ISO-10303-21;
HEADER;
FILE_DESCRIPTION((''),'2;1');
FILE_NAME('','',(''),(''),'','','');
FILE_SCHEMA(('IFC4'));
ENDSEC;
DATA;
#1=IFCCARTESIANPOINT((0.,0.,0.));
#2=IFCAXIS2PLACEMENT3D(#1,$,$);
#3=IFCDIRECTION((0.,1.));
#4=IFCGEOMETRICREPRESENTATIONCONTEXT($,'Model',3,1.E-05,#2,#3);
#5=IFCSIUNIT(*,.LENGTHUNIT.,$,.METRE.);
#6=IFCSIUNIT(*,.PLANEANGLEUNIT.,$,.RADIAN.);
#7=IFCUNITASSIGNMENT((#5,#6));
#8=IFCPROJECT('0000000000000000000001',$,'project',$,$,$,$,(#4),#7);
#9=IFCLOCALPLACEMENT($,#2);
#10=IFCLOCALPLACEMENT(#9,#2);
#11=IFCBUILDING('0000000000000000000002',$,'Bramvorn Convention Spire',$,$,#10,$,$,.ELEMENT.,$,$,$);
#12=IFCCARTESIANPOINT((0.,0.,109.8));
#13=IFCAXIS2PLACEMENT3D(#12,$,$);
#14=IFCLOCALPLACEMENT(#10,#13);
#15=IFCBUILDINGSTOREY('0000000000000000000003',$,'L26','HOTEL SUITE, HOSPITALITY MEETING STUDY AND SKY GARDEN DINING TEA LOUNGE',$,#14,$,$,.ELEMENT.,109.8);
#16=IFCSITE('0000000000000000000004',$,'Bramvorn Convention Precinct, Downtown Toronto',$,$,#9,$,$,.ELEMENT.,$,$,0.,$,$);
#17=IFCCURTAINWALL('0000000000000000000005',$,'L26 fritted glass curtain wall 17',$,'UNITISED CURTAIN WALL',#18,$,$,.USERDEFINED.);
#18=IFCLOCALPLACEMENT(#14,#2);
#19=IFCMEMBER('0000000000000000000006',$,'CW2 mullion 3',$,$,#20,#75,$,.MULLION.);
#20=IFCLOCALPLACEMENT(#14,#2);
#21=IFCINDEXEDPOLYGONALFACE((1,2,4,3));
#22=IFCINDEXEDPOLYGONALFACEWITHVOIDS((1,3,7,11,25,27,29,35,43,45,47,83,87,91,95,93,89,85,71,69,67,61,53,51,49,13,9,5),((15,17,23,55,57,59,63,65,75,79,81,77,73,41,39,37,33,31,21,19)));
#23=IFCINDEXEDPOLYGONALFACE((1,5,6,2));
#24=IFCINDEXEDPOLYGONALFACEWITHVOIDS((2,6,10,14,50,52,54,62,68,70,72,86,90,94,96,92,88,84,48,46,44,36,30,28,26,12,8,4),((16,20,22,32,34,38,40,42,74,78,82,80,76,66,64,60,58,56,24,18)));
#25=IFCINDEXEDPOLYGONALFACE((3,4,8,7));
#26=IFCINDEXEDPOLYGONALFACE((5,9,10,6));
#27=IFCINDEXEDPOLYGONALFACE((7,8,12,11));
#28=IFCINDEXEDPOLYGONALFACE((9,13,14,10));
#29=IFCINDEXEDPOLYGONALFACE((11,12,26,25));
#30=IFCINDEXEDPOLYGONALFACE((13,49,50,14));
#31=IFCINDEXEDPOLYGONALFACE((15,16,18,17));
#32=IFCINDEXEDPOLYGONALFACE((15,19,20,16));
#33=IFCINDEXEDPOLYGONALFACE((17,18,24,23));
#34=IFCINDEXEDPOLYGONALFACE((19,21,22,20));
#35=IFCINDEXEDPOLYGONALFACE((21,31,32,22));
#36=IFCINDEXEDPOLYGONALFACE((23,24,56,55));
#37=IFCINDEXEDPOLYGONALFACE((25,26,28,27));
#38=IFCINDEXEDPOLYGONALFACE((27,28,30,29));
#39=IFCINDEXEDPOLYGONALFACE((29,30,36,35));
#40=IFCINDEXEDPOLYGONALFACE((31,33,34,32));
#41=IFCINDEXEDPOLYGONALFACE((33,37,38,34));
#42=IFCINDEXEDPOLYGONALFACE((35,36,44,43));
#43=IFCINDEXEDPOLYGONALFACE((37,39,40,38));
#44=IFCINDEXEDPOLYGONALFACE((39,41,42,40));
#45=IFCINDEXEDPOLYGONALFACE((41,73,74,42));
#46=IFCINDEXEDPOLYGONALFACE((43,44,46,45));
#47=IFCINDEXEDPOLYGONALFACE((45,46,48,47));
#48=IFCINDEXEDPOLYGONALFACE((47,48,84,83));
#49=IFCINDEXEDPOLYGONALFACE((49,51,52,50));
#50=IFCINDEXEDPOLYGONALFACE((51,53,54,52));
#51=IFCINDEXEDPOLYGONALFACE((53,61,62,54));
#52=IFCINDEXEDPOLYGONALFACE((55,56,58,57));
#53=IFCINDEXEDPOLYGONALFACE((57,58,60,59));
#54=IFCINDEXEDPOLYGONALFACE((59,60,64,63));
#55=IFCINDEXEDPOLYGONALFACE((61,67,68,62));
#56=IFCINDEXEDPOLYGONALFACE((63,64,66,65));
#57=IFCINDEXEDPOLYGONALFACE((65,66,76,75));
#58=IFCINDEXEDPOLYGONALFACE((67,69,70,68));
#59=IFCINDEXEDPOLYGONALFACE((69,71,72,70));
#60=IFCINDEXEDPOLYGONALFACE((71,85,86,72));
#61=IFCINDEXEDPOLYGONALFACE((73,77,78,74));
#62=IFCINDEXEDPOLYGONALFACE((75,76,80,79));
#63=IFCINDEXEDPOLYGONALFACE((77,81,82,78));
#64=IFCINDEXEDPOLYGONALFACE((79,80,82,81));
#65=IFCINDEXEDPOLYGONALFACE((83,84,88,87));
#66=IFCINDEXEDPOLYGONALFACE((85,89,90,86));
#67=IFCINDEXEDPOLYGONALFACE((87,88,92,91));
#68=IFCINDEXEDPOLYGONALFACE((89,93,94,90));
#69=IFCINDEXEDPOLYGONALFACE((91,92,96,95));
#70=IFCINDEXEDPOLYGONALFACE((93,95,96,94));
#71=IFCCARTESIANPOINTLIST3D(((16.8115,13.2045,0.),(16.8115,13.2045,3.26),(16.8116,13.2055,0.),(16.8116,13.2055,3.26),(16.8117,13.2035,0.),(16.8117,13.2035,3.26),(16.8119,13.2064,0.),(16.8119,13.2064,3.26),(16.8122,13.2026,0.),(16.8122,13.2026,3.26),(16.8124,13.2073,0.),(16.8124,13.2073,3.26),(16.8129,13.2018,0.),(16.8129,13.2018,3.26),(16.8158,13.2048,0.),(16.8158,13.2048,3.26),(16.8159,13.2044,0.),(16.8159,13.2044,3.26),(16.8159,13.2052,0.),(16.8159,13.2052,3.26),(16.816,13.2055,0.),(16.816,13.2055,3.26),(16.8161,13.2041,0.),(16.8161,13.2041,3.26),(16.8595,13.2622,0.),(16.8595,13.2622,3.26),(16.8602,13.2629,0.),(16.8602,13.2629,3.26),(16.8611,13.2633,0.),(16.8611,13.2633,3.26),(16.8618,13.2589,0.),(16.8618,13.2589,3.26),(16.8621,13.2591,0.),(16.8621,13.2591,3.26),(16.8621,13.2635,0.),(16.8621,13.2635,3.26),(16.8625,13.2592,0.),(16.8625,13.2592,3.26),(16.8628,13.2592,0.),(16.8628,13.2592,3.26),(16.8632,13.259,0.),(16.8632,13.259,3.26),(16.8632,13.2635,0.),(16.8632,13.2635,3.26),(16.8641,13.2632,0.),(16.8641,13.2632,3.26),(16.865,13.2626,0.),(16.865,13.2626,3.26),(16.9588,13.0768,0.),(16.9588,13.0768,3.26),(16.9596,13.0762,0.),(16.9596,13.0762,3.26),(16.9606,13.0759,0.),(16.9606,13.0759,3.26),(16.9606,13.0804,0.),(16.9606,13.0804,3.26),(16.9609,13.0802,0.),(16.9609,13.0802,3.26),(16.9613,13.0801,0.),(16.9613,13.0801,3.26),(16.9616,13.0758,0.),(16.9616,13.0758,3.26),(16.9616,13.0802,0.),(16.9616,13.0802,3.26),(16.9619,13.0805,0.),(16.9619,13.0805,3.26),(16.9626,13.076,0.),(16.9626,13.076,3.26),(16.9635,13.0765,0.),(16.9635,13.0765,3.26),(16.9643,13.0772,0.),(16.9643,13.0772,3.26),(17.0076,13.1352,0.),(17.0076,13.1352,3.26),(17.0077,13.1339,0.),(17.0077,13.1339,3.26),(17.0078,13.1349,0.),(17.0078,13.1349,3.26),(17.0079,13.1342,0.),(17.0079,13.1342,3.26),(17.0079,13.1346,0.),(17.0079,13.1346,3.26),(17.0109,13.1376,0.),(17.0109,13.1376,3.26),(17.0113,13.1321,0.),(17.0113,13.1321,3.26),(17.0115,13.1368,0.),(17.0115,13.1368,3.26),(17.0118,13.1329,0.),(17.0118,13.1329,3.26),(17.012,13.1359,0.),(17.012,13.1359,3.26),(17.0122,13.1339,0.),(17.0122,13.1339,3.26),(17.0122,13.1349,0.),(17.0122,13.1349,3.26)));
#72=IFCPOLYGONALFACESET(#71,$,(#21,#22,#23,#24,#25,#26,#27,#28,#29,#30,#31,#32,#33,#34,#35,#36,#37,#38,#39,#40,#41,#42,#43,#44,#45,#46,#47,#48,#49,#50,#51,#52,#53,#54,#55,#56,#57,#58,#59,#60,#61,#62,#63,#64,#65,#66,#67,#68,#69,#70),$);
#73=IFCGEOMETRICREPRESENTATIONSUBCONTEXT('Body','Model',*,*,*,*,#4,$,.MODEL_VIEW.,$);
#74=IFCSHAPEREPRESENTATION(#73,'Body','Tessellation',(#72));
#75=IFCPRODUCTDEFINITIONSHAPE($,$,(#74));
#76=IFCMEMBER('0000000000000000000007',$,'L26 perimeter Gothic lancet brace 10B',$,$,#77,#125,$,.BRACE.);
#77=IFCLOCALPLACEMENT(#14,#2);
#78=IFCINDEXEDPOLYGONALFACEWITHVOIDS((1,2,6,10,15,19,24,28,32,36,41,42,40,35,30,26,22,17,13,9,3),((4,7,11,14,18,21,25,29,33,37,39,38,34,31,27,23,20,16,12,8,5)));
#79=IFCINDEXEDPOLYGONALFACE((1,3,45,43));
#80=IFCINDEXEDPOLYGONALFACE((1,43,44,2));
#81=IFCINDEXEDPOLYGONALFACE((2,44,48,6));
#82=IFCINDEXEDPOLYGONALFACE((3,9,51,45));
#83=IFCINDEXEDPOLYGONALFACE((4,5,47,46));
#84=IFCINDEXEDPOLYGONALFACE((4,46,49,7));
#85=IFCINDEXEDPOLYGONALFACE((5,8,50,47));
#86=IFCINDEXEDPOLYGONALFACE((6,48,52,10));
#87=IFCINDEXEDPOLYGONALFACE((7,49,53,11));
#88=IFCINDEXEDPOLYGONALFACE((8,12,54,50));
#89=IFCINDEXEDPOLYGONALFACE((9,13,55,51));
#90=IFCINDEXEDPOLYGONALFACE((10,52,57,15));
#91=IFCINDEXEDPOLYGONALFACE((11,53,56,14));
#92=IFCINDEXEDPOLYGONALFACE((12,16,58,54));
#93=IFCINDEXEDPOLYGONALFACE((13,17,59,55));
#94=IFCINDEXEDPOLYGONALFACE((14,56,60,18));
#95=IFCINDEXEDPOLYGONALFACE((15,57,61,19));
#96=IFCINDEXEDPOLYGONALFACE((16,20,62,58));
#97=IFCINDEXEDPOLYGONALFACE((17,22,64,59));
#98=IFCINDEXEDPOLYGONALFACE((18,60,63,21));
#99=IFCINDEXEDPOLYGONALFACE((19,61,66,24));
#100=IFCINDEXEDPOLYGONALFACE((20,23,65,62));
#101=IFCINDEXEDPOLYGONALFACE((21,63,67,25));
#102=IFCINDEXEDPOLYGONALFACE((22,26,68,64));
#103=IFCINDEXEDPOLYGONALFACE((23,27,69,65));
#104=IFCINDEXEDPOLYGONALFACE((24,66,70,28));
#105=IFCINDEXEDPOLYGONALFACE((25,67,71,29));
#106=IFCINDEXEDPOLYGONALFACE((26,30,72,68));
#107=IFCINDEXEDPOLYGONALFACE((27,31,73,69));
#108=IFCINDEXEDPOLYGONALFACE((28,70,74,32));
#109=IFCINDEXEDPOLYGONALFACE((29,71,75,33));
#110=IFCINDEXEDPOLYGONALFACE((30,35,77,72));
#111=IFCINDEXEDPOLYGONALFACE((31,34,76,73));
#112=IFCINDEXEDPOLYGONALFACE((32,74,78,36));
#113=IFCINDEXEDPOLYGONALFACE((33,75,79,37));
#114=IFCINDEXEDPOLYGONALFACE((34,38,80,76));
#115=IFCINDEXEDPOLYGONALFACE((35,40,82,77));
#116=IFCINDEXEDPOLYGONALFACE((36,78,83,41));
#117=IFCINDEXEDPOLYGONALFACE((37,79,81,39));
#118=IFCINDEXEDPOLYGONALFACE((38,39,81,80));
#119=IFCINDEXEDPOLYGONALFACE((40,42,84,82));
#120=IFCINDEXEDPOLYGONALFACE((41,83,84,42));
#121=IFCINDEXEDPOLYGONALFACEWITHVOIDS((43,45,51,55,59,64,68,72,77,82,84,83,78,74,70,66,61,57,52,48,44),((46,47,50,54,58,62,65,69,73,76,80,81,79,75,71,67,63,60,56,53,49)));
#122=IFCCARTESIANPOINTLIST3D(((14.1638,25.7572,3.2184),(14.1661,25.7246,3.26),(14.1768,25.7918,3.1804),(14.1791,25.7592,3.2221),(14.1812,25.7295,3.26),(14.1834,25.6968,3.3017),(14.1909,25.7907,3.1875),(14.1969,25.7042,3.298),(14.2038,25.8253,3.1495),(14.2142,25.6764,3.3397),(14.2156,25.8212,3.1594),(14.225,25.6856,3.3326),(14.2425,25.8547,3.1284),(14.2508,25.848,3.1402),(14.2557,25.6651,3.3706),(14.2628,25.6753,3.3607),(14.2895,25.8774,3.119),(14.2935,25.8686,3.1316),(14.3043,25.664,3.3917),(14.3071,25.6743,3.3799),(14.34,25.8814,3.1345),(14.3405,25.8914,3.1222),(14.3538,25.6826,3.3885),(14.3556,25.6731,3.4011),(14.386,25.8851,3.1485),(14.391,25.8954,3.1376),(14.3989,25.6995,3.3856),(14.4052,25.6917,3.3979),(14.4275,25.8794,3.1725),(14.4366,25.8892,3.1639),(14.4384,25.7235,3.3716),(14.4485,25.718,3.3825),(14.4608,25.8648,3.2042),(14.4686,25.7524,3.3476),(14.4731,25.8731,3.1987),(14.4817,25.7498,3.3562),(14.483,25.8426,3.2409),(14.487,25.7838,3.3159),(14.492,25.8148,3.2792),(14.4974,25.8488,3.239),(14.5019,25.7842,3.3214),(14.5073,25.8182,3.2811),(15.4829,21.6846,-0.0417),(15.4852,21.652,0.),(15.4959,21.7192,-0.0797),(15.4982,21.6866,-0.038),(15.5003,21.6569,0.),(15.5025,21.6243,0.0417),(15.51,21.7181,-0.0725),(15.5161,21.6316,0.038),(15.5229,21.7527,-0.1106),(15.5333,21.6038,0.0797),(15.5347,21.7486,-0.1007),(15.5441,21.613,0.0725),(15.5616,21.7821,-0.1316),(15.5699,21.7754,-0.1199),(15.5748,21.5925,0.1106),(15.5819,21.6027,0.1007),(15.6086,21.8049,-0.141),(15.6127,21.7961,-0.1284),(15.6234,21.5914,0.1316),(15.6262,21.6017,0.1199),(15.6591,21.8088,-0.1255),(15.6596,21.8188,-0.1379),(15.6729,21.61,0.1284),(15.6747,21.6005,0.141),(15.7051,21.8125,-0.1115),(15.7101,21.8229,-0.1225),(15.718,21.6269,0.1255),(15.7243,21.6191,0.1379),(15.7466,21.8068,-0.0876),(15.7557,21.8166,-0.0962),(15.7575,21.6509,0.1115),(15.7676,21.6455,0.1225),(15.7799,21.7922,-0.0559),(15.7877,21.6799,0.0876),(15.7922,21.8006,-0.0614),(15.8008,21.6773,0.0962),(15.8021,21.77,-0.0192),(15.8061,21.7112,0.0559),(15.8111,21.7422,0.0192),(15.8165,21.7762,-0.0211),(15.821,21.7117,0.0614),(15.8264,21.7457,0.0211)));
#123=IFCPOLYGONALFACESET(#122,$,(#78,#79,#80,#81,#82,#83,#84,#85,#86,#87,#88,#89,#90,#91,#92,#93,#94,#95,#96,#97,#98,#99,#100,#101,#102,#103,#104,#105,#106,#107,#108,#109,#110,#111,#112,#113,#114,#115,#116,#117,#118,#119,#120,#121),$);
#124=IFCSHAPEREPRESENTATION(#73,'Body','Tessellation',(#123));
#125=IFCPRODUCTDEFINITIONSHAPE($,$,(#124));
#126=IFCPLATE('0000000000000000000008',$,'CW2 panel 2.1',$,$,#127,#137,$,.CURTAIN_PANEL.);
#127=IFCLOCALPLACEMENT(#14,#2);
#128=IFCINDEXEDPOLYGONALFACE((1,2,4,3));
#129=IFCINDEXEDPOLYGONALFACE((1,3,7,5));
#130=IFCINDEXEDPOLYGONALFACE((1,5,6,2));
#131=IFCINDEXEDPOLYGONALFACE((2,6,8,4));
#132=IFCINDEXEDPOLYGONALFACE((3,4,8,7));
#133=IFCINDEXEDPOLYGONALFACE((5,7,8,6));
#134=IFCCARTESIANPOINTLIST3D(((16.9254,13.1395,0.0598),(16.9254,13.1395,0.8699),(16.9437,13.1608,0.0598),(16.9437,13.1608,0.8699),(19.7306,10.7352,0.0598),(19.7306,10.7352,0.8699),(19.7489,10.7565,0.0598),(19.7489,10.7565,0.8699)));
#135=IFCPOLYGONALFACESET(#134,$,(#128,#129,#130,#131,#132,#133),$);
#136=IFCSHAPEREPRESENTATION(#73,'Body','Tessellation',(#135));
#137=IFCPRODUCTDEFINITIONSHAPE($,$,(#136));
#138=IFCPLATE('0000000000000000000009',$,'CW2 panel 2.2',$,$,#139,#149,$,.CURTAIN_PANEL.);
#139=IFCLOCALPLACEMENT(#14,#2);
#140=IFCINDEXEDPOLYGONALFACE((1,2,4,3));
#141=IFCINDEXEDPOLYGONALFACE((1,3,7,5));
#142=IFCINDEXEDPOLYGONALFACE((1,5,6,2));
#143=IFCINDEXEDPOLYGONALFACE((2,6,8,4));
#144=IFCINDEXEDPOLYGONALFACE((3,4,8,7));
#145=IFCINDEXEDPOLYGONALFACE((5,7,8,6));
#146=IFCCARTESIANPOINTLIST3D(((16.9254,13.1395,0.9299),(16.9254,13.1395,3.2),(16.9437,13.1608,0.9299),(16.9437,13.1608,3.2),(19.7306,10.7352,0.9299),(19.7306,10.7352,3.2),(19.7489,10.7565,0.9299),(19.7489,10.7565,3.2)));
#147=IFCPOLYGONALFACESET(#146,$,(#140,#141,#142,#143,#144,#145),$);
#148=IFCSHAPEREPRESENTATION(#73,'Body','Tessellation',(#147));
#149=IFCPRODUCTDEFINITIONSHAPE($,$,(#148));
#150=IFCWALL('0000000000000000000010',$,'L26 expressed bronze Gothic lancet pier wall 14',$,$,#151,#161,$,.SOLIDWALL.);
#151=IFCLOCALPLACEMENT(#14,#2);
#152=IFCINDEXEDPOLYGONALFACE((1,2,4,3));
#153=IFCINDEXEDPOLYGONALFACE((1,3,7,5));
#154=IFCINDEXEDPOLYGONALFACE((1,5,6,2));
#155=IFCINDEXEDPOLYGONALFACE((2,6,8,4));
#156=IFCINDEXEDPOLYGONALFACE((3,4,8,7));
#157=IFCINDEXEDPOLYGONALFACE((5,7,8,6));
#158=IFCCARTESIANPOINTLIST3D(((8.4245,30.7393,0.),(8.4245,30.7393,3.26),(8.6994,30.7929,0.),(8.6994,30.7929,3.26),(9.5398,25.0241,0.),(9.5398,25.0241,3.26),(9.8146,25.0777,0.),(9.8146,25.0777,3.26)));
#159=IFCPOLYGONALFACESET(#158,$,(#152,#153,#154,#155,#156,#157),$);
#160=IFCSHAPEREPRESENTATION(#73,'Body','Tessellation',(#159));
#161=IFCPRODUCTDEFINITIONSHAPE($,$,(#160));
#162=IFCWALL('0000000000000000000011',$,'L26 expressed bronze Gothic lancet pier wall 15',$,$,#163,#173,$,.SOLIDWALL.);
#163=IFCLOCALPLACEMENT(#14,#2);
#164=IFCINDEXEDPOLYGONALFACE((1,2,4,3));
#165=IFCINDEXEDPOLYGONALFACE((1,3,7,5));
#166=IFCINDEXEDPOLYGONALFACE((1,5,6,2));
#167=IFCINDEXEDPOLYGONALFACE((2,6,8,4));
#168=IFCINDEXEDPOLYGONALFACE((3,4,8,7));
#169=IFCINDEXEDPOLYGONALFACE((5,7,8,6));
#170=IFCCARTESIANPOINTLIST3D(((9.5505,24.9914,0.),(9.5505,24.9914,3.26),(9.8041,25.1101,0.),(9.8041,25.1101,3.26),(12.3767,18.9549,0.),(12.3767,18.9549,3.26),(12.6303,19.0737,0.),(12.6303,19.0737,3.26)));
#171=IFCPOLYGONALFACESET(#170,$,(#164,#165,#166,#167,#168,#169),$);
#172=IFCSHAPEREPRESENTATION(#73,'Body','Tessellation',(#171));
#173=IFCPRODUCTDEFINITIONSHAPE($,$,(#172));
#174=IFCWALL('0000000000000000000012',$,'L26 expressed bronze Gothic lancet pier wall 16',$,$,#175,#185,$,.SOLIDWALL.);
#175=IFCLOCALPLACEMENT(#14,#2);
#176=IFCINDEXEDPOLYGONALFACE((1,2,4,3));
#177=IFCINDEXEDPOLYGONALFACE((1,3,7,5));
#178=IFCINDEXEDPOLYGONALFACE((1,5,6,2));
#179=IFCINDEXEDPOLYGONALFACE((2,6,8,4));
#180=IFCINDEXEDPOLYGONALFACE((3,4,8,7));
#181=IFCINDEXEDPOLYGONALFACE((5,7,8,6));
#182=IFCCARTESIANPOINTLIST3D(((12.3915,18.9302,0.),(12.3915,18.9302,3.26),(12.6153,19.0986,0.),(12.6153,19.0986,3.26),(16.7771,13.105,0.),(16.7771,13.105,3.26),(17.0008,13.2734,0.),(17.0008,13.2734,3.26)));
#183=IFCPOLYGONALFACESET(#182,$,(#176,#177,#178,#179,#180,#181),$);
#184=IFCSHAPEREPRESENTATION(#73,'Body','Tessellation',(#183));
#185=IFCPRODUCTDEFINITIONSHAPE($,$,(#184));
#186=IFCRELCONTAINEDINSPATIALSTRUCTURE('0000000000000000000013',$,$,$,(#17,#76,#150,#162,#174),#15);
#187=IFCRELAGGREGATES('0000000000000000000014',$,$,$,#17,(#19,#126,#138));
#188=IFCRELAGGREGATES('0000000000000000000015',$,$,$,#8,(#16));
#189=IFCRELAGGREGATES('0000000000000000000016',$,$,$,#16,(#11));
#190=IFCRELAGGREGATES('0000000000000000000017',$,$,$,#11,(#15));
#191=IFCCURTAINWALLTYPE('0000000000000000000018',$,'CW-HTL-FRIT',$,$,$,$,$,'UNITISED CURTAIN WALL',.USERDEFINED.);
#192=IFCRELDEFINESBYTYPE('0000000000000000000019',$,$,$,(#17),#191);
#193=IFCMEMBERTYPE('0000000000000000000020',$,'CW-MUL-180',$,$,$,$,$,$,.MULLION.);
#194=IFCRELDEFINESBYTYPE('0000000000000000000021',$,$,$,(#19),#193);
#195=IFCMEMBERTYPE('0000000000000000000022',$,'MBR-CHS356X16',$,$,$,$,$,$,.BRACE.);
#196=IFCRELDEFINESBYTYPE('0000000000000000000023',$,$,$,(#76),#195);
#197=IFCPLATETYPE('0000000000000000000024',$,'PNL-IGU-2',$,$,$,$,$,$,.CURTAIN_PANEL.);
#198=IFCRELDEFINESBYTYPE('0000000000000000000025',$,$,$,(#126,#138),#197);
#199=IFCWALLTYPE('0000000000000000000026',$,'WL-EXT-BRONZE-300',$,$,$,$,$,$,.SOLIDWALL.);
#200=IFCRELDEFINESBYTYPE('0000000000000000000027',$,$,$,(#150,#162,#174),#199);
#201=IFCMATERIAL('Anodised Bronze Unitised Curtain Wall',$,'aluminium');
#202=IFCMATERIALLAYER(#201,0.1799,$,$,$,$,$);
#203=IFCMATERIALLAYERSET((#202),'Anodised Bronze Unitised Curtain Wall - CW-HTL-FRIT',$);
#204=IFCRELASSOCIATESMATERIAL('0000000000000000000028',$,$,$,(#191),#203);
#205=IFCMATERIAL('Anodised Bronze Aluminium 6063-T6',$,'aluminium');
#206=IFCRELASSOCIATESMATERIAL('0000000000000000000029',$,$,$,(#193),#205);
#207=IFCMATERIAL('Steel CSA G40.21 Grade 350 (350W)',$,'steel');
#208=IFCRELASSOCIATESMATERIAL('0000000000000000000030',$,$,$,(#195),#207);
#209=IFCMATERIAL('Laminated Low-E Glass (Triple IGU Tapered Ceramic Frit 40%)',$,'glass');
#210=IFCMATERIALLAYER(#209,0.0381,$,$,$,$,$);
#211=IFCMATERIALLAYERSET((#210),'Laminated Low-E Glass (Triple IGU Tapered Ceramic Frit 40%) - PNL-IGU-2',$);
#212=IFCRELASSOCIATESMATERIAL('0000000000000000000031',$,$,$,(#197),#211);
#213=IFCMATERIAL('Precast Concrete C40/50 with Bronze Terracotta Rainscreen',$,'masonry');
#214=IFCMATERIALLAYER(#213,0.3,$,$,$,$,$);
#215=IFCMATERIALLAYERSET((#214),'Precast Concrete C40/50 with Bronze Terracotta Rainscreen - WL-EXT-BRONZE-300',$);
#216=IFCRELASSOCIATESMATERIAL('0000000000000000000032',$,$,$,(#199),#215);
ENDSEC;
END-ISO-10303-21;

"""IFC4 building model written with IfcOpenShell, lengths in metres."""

from ifc_helpers import new_model, si_unit, direction, frame, frame_2d, origin, origin_2d, place, context, subcontext, project, spatial, rectangle, hollow_rectangle, hollow_circle, extrude, material, layer, layer_set, material_profile, profile_set, type_object, element, aggregate, save


model = new_model("IFC4")

# Units and contexts
model_context = context("Model", 3, precision=1e-05, world=origin(), true_north=direction((0.0, 1.0)))
body_context = subcontext(model_context, "Body", "Model", "MODEL_VIEW")
ifc_project = project(units=[si_unit("LENGTHUNIT", "METRE"), si_unit("PLANEANGLEUNIT", "RADIAN")], contexts=[model_context])

# Site, building, storey
site_placement = place(None, origin())
site = spatial("IfcSite", under=ifc_project, at=site_placement, Name="Bramvorn Convention Precinct, Downtown Toronto", CompositionType="ELEMENT", RefElevation=0.0)
building_placement = place(site_placement, origin())
building = spatial("IfcBuilding", under=site, at=building_placement, Name="Bramvorn Convention Spire", CompositionType="ELEMENT")
storey_placement = place(building_placement, frame((0.0, 0.0, 109.8)))
storey = spatial("IfcBuildingStorey", under=building, at=storey_placement, Name="L26", Description="HOTEL SUITE, HOSPITALITY MEETING STUDY AND SKY GARDEN DINING TEA LOUNGE", CompositionType="ELEMENT", Elevation=109.8)

# Shared definitions
ifc_material_1 = material(Name="Steel CSA G40.21 Grade 350 (350W)", Category="steel")

# Curtain wall, member
ifc_material_2 = material(Name="Anodised Bronze Unitised Curtain Wall", Category="aluminium")
ifc_layer_1 = layer(ifc_material_2, 0.1799)
ifc_layer_set_1 = layer_set([ifc_layer_1], Name="Anodised Bronze Unitised Curtain Wall - CW-HTL-FRIT")
curtain_wall_type = type_object("IfcCurtainWallType", Name="CW-HTL-FRIT", ElementType="UNITISED CURTAIN WALL", PredefinedType="USERDEFINED", material=ifc_layer_set_1)
curtain_wall_placement = place(storey_placement, origin())
curtain_wall = element("IfcCurtainWall", 1, at=curtain_wall_placement, inside=storey, type_object=curtain_wall_type, Name="L26 fritted glass curtain wall 17", ObjectType="UNITISED CURTAIN WALL", PredefinedType="USERDEFINED")
ifc_material_3 = material(Name="Anodised Bronze Aluminium 6063-T6", Category="aluminium")
ifc_material_profile_1 = material_profile(ifc_material_3, hollow_rectangle(XDim=0.0801, YDim=0.2, WallThickness=0.0039, InnerFilletRadius=0.001, OuterFilletRadius=0.0039, at=origin_2d()))
ifc_profile_set_1 = profile_set([ifc_material_profile_1], Name="Anodised Bronze Aluminium 6063-T6 - CWM80X200")
member_type_1 = type_object("IfcMemberType", Name="CW-MUL-180", PredefinedType="MULLION", material=ifc_profile_set_1)
member_1_placement = place(storey_placement, frame((16.9119, 13.1697, 0.0), z_axis=(0.0, 0.0, 1.0), x_axis=(-0.65077, -0.759275, 0.0)))
member_1 = element("IfcMember", 2, at=member_1_placement, type_object=member_type_1, Name="CW2 mullion 3", PredefinedType="MULLION", context=body_context, shape_type="SweptSolid", body=[
    extrude(hollow_rectangle(XDim=0.0801, YDim=0.2, WallThickness=0.0039, InnerFilletRadius=0.001, OuterFilletRadius=0.0039, at=origin_2d()), origin(), (0.0, 0.0, 1.0), 3.26),
])

# Member
ifc_material_profile_2 = material_profile(ifc_material_1, hollow_circle(Radius=0.1777, WallThickness=0.0159, at=origin_2d()))
ifc_profile_set_2 = profile_set([ifc_material_profile_2], Name="Steel CSA G40.21 Grade 350 (350W) - CHS356X16")
member_type_2 = type_object("IfcMemberType", Name="MBR-CHS356X16", PredefinedType="BRACE", material=ifc_profile_set_2)
member_2_placement = place(storey_placement, frame((15.6543, 21.7068, 0.0), z_axis=(-0.245148, 0.75686, 0.60586), x_axis=(-0.951341, -0.308141, 0.0)))
element("IfcMember", 3, at=member_2_placement, inside=storey, type_object=member_type_2, Name="L26 perimeter Gothic lancet brace 10B", PredefinedType="BRACE", context=body_context, shape_type="SweptSolid", body=[
    extrude(hollow_circle(Radius=0.1777, WallThickness=0.0159, at=origin_2d()), origin(), (0.0, 0.0, 1.0), 5.3809),
])

# Plates
ifc_material_4 = material(Name="Laminated Low-E Glass (Triple IGU Tapered Ceramic Frit 40%)", Category="glass")
ifc_layer_2 = layer(ifc_material_4, 0.0381)
ifc_layer_set_2 = layer_set([ifc_layer_2], Name="Laminated Low-E Glass (Triple IGU Tapered Ceramic Frit 40%) - PNL-IGU-2")
plate_type = type_object("IfcPlateType", Name="PNL-IGU-2", PredefinedType="CURTAIN_PANEL", material=ifc_layer_set_2)
plate_1_placement = place(storey_placement, frame((18.3372, 11.948, 0.0598), z_axis=(0.0, 0.0, 1.0), x_axis=(-0.759275, 0.65077, 0.0)))
plate_1 = element("IfcPlate", 4, at=plate_1_placement, type_object=plate_type, Name="CW2 panel 2.1", PredefinedType="CURTAIN_PANEL", context=body_context, shape_type="SweptSolid", body=[
    extrude(rectangle(XDim=3.6946, YDim=0.0281, at=origin_2d()), origin(), (0.0, 0.0, 1.0), 0.8101),
])
plate_2_placement = place(storey_placement, frame((18.3372, 11.948, 0.9299), z_axis=(0.0, 0.0, 1.0), x_axis=(-0.759275, 0.65077, 0.0)))
plate_2 = element("IfcPlate", 5, at=plate_2_placement, type_object=plate_type, Name="CW2 panel 2.2", PredefinedType="CURTAIN_PANEL", context=body_context, shape_type="SweptSolid", body=[
    extrude(rectangle(XDim=3.6946, YDim=0.0281, at=origin_2d()), origin(), (0.0, 0.0, 1.0), 2.27),
])
aggregate(curtain_wall, [member_1, plate_1, plate_2])

# Walls
ifc_material_5 = material(Name="Precast Concrete C40/50 with Bronze Terracotta Rainscreen", Category="masonry")
ifc_layer_3 = layer(ifc_material_5, 0.3)
ifc_layer_set_3 = layer_set([ifc_layer_3], Name="Precast Concrete C40/50 with Bronze Terracotta Rainscreen - WL-EXT-BRONZE-300")
wall_type_1 = type_object("IfcWallType", Name="WL-EXT-BRONZE-300", PredefinedType="SOLIDWALL", material=ifc_layer_set_3)
wall_1_placement = place(storey_placement, frame((9.6772, 25.0508, 0.0), z_axis=(0.0, 0.0, 1.0), x_axis=(-0.191526, 0.981488, 0.0)))
element("IfcWall", 6, at=wall_1_placement, inside=storey, type_object=wall_type_1, Name="L26 expressed bronze Gothic lancet pier wall 14", PredefinedType="SOLIDWALL", context=body_context, shape_type="SweptSolid", body=[
    extrude(rectangle(XDim=5.823, YDim=0.28, at=frame_2d((2.9116, 0.0))), origin(), (0.0, 0.0, 1.0), 3.26),
])
wall_2_placement = place(storey_placement, frame((12.5034, 19.0144, 0.0), z_axis=(0.0, 0.0, 1.0), x_axis=(-0.424018, 0.905654, 0.0)))
element("IfcWall", 7, at=wall_2_placement, inside=storey, type_object=wall_type_1, Name="L26 expressed bronze Gothic lancet pier wall 15", PredefinedType="SOLIDWALL", context=body_context, shape_type="SweptSolid", body=[
    extrude(rectangle(XDim=6.6653, YDim=0.28, at=frame_2d((3.3325, 0.0))), origin(), (0.0, 0.0, 1.0), 3.26),
])
wall_3_placement = place(storey_placement, frame((16.8889, 13.1892, 0.0), z_axis=(0.0, 0.0, 1.0), x_axis=(-0.601456, 0.798906, 0.0)))
element("IfcWall", 8, at=wall_3_placement, inside=storey, type_object=wall_type_1, Name="L26 expressed bronze Gothic lancet pier wall 16", PredefinedType="SOLIDWALL", context=body_context, shape_type="SweptSolid", body=[
    extrude(rectangle(XDim=7.2915, YDim=0.28, at=frame_2d((3.6458, 0.0))), origin(), (0.0, 0.0, 1.0), 3.26),
])

save(model, "model.ifc")
